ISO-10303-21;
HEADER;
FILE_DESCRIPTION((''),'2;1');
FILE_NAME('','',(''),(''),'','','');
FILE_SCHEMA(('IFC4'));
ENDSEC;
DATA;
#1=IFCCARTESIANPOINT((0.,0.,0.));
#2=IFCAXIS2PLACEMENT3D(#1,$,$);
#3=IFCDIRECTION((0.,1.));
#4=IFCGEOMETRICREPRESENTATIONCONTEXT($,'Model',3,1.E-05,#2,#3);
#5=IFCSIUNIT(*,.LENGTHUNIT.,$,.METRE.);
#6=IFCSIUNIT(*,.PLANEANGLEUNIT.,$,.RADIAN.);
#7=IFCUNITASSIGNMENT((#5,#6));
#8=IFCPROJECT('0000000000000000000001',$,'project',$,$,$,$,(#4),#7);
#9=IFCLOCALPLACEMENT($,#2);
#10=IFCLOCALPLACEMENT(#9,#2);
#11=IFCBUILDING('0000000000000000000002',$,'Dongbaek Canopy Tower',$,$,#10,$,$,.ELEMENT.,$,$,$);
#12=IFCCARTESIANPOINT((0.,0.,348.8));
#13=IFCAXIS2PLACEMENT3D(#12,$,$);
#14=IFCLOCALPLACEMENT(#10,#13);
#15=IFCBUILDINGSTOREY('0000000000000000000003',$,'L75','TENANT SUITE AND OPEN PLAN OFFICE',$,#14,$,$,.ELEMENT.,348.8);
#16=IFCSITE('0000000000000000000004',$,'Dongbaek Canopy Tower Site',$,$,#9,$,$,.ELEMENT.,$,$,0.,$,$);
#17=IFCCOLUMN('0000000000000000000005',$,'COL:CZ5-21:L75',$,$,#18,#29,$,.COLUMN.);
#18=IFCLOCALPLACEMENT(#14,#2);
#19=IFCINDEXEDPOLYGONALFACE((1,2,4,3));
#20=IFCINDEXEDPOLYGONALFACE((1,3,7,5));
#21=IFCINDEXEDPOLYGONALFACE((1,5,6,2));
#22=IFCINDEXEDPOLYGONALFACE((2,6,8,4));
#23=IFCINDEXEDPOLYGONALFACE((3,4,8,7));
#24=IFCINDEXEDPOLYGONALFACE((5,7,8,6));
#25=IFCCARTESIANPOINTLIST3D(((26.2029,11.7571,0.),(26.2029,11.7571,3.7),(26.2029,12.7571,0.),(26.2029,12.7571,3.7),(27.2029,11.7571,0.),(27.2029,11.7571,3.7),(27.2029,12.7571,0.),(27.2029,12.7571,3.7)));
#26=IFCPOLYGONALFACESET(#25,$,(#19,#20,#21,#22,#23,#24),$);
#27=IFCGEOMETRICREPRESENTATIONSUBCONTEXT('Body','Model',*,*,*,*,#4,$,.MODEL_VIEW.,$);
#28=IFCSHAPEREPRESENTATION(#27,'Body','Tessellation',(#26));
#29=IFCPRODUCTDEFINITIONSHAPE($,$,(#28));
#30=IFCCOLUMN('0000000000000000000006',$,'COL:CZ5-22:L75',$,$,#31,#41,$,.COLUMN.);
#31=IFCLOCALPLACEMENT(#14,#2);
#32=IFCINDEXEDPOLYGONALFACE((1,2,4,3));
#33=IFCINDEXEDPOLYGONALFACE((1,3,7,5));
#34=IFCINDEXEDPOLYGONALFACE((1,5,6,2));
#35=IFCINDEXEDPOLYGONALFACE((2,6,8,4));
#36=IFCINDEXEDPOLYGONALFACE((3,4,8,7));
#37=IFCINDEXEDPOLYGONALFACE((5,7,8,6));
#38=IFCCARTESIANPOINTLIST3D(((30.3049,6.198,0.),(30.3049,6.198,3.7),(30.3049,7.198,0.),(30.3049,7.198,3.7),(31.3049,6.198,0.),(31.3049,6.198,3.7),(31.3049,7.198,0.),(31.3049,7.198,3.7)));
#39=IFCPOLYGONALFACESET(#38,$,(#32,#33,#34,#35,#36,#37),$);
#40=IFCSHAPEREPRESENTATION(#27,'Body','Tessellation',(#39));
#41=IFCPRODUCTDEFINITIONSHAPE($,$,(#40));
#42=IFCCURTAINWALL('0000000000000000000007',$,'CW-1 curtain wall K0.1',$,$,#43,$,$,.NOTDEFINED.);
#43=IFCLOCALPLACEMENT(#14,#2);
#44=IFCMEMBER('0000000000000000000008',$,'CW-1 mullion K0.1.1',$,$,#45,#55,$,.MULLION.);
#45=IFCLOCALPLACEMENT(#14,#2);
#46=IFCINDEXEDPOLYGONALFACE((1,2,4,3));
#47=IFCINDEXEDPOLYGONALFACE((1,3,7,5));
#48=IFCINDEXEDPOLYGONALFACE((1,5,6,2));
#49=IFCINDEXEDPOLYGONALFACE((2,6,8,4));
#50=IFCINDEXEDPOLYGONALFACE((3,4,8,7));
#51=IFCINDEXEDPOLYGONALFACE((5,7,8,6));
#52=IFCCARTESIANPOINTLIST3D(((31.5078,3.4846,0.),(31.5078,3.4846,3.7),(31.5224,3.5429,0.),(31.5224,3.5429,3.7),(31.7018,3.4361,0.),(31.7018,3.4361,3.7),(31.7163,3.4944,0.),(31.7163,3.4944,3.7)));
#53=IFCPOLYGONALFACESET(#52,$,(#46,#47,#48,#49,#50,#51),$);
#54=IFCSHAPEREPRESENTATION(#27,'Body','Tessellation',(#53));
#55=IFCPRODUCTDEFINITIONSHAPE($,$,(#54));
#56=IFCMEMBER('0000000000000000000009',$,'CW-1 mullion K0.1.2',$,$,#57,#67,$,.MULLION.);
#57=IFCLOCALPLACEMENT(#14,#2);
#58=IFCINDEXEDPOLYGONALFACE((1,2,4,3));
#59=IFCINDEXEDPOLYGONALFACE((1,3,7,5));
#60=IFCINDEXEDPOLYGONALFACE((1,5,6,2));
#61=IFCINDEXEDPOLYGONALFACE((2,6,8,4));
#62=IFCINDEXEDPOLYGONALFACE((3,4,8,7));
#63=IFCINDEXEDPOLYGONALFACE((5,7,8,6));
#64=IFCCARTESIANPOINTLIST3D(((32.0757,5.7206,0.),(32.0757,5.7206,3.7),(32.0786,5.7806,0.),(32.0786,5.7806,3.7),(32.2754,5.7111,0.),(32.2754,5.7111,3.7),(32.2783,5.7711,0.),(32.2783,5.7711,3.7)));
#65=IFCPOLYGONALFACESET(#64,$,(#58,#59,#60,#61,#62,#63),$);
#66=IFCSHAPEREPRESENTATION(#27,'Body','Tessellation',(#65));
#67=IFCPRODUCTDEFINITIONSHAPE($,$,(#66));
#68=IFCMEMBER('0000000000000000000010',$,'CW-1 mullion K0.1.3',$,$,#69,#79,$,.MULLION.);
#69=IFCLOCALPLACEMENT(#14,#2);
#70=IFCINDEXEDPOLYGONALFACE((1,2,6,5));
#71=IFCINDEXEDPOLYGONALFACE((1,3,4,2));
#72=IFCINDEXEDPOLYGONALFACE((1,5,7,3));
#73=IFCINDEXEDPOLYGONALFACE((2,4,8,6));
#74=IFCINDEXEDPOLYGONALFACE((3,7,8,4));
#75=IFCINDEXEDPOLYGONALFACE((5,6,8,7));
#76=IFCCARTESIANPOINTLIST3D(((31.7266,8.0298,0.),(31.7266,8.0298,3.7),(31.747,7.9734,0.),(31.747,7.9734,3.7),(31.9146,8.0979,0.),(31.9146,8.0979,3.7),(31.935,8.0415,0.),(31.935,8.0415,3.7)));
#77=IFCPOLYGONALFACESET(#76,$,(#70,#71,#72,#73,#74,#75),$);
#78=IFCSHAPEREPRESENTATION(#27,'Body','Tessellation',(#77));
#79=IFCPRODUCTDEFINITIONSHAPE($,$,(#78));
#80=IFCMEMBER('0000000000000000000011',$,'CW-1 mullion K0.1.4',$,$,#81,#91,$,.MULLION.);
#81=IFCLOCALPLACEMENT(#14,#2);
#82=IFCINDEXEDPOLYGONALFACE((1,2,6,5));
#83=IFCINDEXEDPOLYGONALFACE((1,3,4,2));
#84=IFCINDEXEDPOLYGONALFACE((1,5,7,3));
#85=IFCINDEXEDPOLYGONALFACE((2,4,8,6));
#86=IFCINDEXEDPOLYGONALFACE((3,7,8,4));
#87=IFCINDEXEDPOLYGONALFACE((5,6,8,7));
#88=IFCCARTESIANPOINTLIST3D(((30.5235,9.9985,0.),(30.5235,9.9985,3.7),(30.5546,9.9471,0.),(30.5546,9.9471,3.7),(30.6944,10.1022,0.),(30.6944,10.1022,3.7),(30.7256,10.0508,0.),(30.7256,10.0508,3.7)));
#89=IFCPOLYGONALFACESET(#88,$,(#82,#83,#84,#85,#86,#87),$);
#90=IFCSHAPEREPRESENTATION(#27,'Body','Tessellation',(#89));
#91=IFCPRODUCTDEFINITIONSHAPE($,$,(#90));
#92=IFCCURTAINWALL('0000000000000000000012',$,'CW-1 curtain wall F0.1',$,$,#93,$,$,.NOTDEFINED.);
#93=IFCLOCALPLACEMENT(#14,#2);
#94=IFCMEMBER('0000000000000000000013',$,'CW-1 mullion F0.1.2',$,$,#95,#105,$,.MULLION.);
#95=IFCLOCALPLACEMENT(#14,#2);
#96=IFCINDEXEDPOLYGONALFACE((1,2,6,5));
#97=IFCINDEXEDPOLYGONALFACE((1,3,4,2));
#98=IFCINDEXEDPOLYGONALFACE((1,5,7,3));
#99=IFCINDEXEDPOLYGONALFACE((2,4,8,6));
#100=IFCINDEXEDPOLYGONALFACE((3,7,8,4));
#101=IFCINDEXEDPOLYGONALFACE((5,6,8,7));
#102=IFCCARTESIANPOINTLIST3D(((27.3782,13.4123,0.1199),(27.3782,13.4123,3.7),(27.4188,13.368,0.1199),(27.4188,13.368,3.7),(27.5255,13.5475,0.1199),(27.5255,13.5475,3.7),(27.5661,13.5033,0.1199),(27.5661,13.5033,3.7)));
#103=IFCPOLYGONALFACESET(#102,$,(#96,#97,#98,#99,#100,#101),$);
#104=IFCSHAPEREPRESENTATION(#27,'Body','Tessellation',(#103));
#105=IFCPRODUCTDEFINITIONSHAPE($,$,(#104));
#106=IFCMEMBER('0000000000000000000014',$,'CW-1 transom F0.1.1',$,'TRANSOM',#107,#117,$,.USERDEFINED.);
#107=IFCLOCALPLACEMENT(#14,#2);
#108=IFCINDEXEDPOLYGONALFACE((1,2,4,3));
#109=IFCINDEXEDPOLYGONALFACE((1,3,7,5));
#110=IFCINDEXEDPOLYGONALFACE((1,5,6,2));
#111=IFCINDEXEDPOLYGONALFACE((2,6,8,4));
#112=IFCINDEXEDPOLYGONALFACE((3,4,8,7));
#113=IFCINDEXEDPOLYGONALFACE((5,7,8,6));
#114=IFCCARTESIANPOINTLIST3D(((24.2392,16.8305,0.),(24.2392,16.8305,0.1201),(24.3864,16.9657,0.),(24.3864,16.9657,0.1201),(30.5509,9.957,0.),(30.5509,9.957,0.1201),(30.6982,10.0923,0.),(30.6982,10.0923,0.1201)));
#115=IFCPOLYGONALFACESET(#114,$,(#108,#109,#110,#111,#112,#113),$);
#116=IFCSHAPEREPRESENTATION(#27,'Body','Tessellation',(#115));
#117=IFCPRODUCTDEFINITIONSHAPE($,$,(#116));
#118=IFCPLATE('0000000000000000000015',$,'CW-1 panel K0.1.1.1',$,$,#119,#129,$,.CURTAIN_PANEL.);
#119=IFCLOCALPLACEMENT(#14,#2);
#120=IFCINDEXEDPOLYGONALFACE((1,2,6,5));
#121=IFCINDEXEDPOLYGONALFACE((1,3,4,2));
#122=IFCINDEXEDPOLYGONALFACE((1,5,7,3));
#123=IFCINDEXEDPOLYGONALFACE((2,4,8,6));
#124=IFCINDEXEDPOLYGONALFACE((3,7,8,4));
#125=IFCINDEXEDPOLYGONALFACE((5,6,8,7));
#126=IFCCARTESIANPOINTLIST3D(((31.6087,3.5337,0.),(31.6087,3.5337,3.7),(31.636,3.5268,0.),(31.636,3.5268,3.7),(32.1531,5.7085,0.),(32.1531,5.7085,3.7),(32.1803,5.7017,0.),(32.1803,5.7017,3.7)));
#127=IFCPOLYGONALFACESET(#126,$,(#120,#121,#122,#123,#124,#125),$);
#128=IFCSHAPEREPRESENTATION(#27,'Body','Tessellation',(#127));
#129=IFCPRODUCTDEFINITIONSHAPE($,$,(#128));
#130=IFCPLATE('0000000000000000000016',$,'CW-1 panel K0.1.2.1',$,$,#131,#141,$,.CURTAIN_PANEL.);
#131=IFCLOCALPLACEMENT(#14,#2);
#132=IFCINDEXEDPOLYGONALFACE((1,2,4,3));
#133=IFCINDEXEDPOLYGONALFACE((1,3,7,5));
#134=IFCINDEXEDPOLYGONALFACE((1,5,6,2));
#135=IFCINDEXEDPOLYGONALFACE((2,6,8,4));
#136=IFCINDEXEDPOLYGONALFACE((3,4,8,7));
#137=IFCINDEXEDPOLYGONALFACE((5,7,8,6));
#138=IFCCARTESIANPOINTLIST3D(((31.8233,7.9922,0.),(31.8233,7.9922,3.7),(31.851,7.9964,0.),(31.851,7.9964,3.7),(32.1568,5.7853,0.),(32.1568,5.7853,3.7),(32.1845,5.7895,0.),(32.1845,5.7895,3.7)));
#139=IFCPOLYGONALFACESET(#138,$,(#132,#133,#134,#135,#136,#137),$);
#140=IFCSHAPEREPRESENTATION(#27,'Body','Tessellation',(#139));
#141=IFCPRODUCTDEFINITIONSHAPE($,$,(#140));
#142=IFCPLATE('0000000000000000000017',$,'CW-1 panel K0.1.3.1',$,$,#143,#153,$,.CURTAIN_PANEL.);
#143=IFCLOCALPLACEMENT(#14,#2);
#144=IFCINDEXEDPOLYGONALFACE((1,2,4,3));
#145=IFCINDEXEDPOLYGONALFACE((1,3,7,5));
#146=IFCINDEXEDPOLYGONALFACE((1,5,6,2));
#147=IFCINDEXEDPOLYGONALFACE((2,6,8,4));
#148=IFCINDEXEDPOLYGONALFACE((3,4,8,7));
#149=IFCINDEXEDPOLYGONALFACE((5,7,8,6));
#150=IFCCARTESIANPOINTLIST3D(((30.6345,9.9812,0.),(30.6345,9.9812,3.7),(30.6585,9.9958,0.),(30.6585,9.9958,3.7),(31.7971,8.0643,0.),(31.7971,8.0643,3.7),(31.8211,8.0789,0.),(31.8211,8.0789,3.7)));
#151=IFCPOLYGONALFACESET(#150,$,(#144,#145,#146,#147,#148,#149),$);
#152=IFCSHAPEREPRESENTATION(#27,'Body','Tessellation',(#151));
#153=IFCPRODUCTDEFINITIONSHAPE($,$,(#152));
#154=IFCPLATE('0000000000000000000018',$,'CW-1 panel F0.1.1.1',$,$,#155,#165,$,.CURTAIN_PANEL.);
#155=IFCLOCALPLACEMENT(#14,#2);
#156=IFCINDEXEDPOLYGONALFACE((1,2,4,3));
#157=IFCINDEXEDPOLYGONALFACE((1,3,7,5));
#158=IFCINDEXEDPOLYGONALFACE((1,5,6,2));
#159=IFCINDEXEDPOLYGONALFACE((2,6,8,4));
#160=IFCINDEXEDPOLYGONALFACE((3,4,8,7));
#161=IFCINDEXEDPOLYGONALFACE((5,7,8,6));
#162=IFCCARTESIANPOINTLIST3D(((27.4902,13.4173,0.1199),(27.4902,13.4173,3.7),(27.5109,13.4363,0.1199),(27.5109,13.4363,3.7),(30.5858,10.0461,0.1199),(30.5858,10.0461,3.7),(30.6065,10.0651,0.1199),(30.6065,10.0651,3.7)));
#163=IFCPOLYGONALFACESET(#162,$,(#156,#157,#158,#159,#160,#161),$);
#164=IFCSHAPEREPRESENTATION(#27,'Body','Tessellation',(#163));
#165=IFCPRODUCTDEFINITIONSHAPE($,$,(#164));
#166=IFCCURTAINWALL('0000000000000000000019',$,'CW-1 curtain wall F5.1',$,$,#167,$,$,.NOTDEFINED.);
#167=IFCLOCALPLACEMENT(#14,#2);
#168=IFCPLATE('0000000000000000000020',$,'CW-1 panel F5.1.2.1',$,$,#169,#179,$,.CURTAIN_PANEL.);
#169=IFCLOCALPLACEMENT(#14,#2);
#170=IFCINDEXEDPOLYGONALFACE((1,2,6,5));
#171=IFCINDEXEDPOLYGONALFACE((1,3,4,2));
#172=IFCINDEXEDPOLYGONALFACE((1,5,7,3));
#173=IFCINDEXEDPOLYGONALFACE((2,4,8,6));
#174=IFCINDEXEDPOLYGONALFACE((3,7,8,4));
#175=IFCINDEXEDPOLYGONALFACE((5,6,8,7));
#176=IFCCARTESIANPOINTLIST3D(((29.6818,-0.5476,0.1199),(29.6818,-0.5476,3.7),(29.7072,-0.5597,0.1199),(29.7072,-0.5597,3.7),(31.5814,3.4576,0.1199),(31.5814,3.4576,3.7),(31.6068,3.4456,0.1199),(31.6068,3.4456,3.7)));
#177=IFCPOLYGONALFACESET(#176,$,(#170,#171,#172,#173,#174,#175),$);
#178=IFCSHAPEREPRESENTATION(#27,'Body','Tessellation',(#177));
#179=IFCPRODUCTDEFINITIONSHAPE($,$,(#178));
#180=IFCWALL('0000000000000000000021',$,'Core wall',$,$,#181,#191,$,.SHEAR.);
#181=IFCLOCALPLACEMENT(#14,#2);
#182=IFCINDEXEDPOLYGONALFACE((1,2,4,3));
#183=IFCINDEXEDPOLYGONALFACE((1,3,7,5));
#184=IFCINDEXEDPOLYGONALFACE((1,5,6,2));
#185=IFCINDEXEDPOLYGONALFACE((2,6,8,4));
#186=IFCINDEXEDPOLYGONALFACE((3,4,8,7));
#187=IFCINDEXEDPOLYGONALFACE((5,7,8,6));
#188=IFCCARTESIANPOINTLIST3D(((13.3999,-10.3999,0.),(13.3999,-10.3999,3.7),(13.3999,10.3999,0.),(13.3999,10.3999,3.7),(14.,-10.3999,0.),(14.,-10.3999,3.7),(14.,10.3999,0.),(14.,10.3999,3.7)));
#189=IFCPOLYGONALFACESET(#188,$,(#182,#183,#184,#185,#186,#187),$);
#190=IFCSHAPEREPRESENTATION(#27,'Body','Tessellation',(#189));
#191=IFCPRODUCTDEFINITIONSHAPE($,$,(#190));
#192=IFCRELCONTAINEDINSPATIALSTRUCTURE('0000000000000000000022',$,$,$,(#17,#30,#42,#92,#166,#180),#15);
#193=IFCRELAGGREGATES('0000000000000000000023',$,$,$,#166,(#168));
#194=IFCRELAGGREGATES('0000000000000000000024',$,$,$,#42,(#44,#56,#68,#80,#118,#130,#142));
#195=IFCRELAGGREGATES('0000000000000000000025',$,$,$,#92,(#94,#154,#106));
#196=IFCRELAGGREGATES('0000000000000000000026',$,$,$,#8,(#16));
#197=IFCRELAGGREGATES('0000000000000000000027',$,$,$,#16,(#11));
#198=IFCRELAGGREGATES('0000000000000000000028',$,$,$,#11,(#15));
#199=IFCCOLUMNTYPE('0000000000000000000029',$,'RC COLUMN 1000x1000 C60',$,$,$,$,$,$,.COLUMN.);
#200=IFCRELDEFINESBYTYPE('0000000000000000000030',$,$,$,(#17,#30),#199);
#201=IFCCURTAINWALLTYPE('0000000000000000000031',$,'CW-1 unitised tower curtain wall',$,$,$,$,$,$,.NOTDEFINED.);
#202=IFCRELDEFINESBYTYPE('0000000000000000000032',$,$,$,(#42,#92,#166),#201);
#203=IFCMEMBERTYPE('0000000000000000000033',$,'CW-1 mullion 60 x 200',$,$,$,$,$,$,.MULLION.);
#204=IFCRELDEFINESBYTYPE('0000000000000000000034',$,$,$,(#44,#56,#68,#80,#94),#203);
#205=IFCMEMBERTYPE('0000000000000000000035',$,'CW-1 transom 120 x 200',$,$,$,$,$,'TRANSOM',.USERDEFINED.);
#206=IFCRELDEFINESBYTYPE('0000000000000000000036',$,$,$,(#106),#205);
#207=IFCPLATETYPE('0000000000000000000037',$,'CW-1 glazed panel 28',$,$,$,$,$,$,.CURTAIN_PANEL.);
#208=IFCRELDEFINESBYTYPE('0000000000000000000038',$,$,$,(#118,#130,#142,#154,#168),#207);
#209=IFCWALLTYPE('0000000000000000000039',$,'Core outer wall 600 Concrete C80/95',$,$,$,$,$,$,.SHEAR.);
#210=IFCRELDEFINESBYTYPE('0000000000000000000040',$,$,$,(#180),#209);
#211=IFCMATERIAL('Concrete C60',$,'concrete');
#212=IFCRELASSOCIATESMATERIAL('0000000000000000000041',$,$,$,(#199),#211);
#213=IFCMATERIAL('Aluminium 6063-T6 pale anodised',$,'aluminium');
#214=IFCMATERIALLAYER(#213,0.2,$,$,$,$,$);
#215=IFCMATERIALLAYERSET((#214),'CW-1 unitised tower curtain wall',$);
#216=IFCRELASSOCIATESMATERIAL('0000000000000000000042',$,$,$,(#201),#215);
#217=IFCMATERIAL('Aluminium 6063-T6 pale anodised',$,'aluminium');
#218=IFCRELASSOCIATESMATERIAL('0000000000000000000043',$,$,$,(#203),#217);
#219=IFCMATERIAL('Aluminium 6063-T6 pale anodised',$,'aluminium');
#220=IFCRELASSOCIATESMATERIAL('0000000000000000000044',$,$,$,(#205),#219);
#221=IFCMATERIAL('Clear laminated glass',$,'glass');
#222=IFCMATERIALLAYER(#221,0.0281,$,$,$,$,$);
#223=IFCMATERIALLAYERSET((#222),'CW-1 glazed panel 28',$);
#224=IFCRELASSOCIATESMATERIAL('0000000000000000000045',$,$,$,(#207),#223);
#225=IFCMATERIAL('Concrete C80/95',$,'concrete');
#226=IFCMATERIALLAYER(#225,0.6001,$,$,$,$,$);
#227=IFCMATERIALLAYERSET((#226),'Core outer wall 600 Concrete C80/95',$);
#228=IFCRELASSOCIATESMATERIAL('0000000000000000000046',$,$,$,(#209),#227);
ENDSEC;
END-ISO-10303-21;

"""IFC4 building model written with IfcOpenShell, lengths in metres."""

from ifc_helpers import new_model, si_unit, direction, frame, frame_2d, origin, origin_2d, place, context, subcontext, project, spatial, rectangle, extrude, material, layer, layer_set, material_profile, profile_set, type_object, element, aggregate, save


model = new_model("IFC4")

# Units and contexts
model_context = context("Model", 3, precision=1e-05, world=origin(), true_north=direction((0.0, 1.0)))
body_context = subcontext(model_context, "Body", "Model", "MODEL_VIEW")
ifc_project = project(units=[si_unit("LENGTHUNIT", "METRE"), si_unit("PLANEANGLEUNIT", "RADIAN")], contexts=[model_context])

# Site, building, storey
site_placement = place(None, origin())
site = spatial("IfcSite", under=ifc_project, at=site_placement, Name="Dongbaek Canopy Tower Site", CompositionType="ELEMENT", RefElevation=0.0)
building_placement = place(site_placement, origin())
building = spatial("IfcBuilding", under=site, at=building_placement, Name="Dongbaek Canopy Tower", CompositionType="ELEMENT")
storey_placement = place(building_placement, frame((0.0, 0.0, 348.8)))
storey = spatial("IfcBuildingStorey", under=building, at=storey_placement, Name="L75", Description="TENANT SUITE AND OPEN PLAN OFFICE", CompositionType="ELEMENT", Elevation=348.8)

# Columns
ifc_material_1 = material(Name="Concrete C60", Category="concrete")
ifc_material_profile_1 = material_profile(ifc_material_1, rectangle(XDim=1.0, YDim=1.0, at=origin_2d()), Name="RC COLUMN 1000x1000 C60")
ifc_profile_set_1 = profile_set([ifc_material_profile_1], Name="Concrete C60")
column_type = type_object("IfcColumnType", Name="RC COLUMN 1000x1000 C60", PredefinedType="COLUMN", material=ifc_profile_set_1)
for number, where, z_axis, x_axis, name in (
    (1, (26.7029, 12.2571, 0.0), (0.0, 0.0, 1.0), (1.0, 0.0, 0.0), "COL:CZ5-21:L75"),
    (2, (30.8049, 6.698, 0.0), (0.0, 0.0, 1.0), (1.0, 0.0, 0.0), "COL:CZ5-22:L75"),
):
    element("IfcColumn", number, at=place(storey_placement, frame(where, z_axis=z_axis, x_axis=x_axis)), inside=storey, type_object=column_type, Name=name, PredefinedType="COLUMN", context=body_context, shape_type="SweptSolid", body=[
        extrude(rectangle(XDim=1.0, YDim=1.0, at=origin_2d()), origin(), (0.0, 0.0, 1.0), 3.7),
    ])

# Curtain walls, members
ifc_material_2 = material(Name="Aluminium 6063-T6 pale anodised", Category="aluminium")
ifc_layer_1 = layer(ifc_material_2, 0.2)
ifc_layer_set_1 = layer_set([ifc_layer_1], Name="CW-1 unitised tower curtain wall")
curtain_wall_type = type_object("IfcCurtainWallType", Name="CW-1 unitised tower curtain wall", PredefinedType="NOTDEFINED", material=ifc_layer_set_1)
curtain_wall_1_placement = place(storey_placement, origin())
curtain_wall_1 = element("IfcCurtainWall", 3, at=curtain_wall_1_placement, inside=storey, type_object=curtain_wall_type, Name="CW-1 curtain wall K0.1", PredefinedType="NOTDEFINED")
ifc_material_3 = material(Name="Aluminium 6063-T6 pale anodised", Category="aluminium")
ifc_material_profile_2 = material_profile(ifc_material_3, rectangle(XDim=0.2, YDim=0.0601, at=origin_2d()), Name="CW-1 mullion 60 x 200")
ifc_profile_set_2 = profile_set([ifc_material_profile_2], Name="Aluminium 6063-T6 pale anodised")
member_type_1 = type_object("IfcMemberType", Name="CW-1 mullion 60 x 200", PredefinedType="MULLION", material=ifc_profile_set_2)
member_1_placement = place(storey_placement, frame((31.6121, 3.4895, 0.0), z_axis=(0.0, 0.0, 1.0), x_axis=(0.970078, -0.242793, 0.0)))
member_1 = element("IfcMember", 4, at=member_1_placement, type_object=member_type_1, Name="CW-1 mullion K0.1.1", PredefinedType="MULLION", context=body_context, shape_type="SweptSolid", body=[
    extrude(rectangle(XDim=0.2, YDim=0.0601, at=origin_2d()), origin(), (0.0, 0.0, 1.0), 3.7),
])
member_2_placement = place(storey_placement, frame((32.177, 5.7458, 0.0), z_axis=(0.0, 0.0, 1.0), x_axis=(0.998866, -0.047614, 0.0)))
member_2 = element("IfcMember", 5, at=member_2_placement, type_object=member_type_1, Name="CW-1 mullion K0.1.2", PredefinedType="MULLION", context=body_context, shape_type="SweptSolid", body=[
    extrude(rectangle(XDim=0.2, YDim=0.0601, at=origin_2d()), origin(), (0.0, 0.0, 1.0), 3.7),
])
member_3_placement = place(storey_placement, frame((31.8308, 8.0356, 0.0), z_axis=(0.0, 0.0, 1.0), x_axis=(0.940196, 0.340635, 0.0)))
member_3 = element("IfcMember", 6, at=member_3_placement, type_object=member_type_1, Name="CW-1 mullion K0.1.3", PredefinedType="MULLION", context=body_context, shape_type="SweptSolid", body=[
    extrude(rectangle(XDim=0.2, YDim=0.0601, at=origin_2d()), origin(), (0.0, 0.0, 1.0), 3.7),
])
member_4_placement = place(storey_placement, frame((30.6245, 10.0247, 0.0), z_axis=(0.0, 0.0, 1.0), x_axis=(0.855021, 0.518593, 0.0)))
member_4 = element("IfcMember", 7, at=member_4_placement, type_object=member_type_1, Name="CW-1 mullion K0.1.4", PredefinedType="MULLION", context=body_context, shape_type="SweptSolid", body=[
    extrude(rectangle(XDim=0.2, YDim=0.0601, at=origin_2d()), origin(), (0.0, 0.0, 1.0), 3.7),
])
curtain_wall_2_placement = place(storey_placement, origin())
curtain_wall_2 = element("IfcCurtainWall", 8, at=curtain_wall_2_placement, inside=storey, type_object=curtain_wall_type, Name="CW-1 curtain wall F0.1", PredefinedType="NOTDEFINED")
member_5_placement = place(storey_placement, frame((27.4722, 13.4578, 0.1199), z_axis=(0.0, 0.0, 1.0), x_axis=(0.736567, 0.676365, 0.0)))
member_5 = element("IfcMember", 9, at=member_5_placement, type_object=member_type_1, Name="CW-1 mullion F0.1.2", PredefinedType="MULLION", context=body_context, shape_type="SweptSolid", body=[
    extrude(rectangle(XDim=0.2, YDim=0.0601, at=origin_2d()), origin(), (0.0, 0.0, 1.0), 3.5801),
])
ifc_material_4 = material(Name="Aluminium 6063-T6 pale anodised", Category="aluminium")
ifc_material_profile_3 = material_profile(ifc_material_4, rectangle(XDim=0.2, YDim=0.1201, at=origin_2d()), Name="CW-1 transom 120 x 200")
ifc_profile_set_3 = profile_set([ifc_material_profile_3], Name="Aluminium 6063-T6 pale anodised")
member_type_2 = type_object("IfcMemberType", Name="CW-1 transom 120 x 200", ElementType="TRANSOM", PredefinedType="USERDEFINED", material=ifc_profile_set_3)
member_6_placement = place(storey_placement, frame((30.6245, 10.0247, 0.0601), z_axis=(-0.676366, 0.736565, 0.0), x_axis=(-0.736565, -0.676366, 0.0)))
member_6 = element("IfcMember", 10, at=member_6_placement, type_object=member_type_2, Name="CW-1 transom F0.1.1", ObjectType="TRANSOM", PredefinedType="USERDEFINED", context=body_context, shape_type="SweptSolid", body=[
    extrude(rectangle(XDim=0.2, YDim=0.1201, at=origin_2d()), origin(), (0.0, 0.0, 1.0), 9.3318),
])

# Plates
ifc_material_5 = material(Name="Clear laminated glass", Category="glass")
ifc_layer_2 = layer(ifc_material_5, 0.0281)
ifc_layer_set_2 = layer_set([ifc_layer_2], Name="CW-1 glazed panel 28")
plate_type = type_object("IfcPlateType", Name="CW-1 glazed panel 28", PredefinedType="CURTAIN_PANEL", material=ifc_layer_set_2)
plate_1_placement = place(storey_placement, frame((31.8945, 4.6177, 0.0), z_axis=(0.0, 0.0, 1.0), x_axis=(0.242793, 0.970078, 0.0)))
plate_1 = element("IfcPlate", 11, at=plate_1_placement, type_object=plate_type, Name="CW-1 panel K0.1.1.1", PredefinedType="CURTAIN_PANEL", context=body_context, shape_type="SweptSolid", body=[
    extrude(rectangle(XDim=2.2419, YDim=0.0281, at=origin_2d()), origin(), (0.0, 0.0, 1.0), 3.7),
])
plate_2_placement = place(storey_placement, frame((32.0039, 6.8909, 0.0), z_axis=(0.0, 0.0, 1.0), x_axis=(-0.149418, 0.988774, 0.0)))
plate_2 = element("IfcPlate", 12, at=plate_2_placement, type_object=plate_type, Name="CW-1 panel K0.1.2.1", PredefinedType="CURTAIN_PANEL", context=body_context, shape_type="SweptSolid", body=[
    extrude(rectangle(XDim=2.2319, YDim=0.0281, at=origin_2d()), origin(), (0.0, 0.0, 1.0), 3.7),
])
plate_3_placement = place(storey_placement, frame((31.2278, 9.03, 0.0), z_axis=(0.0, 0.0, 1.0), x_axis=(-0.518593, 0.855021, 0.0)))
plate_3 = element("IfcPlate", 13, at=plate_3_placement, type_object=plate_type, Name="CW-1 panel K0.1.3.1", PredefinedType="CURTAIN_PANEL", context=body_context, shape_type="SweptSolid", body=[
    extrude(rectangle(XDim=2.2419, YDim=0.0281, at=origin_2d()), origin(), (0.0, 0.0, 1.0), 3.7),
])
plate_4_placement = place(storey_placement, frame((29.0483, 11.7412, 0.1199), z_axis=(0.0, 0.0, 1.0), x_axis=(-0.676365, 0.736567, 0.0)))
plate_4 = element("IfcPlate", 14, at=plate_4_placement, type_object=plate_type, Name="CW-1 panel F0.1.1.1", PredefinedType="CURTAIN_PANEL", context=body_context, shape_type="SweptSolid", body=[
    extrude(rectangle(XDim=4.5769, YDim=0.0281, at=origin_2d()), origin(), (0.0, 0.0, 1.0), 3.5801),
])

# Curtain wall, plate
curtain_wall_3_placement = place(storey_placement, origin())
curtain_wall_3 = element("IfcCurtainWall", 15, at=curtain_wall_3_placement, inside=storey, type_object=curtain_wall_type, Name="CW-1 curtain wall F5.1", PredefinedType="NOTDEFINED")
plate_5_placement = place(storey_placement, frame((30.6443, 1.449, 0.1199), z_axis=(0.0, 0.0, 1.0), x_axis=(0.428522, 0.903531, 0.0)))
plate_5 = element("IfcPlate", 16, at=plate_5_placement, type_object=plate_type, Name="CW-1 panel F5.1.2.1", PredefinedType="CURTAIN_PANEL", context=body_context, shape_type="SweptSolid", body=[
    extrude(rectangle(XDim=4.4329, YDim=0.0281, at=origin_2d()), origin(), (0.0, 0.0, 1.0), 3.5801),
])
aggregate(curtain_wall_3, [plate_5])

# Wall
ifc_material_6 = material(Name="Concrete C80/95", Category="concrete")
ifc_layer_3 = layer(ifc_material_6, 0.6001)
ifc_layer_set_3 = layer_set([ifc_layer_3], Name="Core outer wall 600 Concrete C80/95")
wall_type_1 = type_object("IfcWallType", Name="Core outer wall 600 Concrete C80/95", PredefinedType="SHEAR", material=ifc_layer_set_3)
wall_1_placement = place(storey_placement, frame((13.7, 10.3999, 0.0), z_axis=(0.0, 0.0, 1.0), x_axis=(0.0, -1.0, 0.0)))
element("IfcWall", 17, at=wall_1_placement, inside=storey, type_object=wall_type_1, Name="Core wall", PredefinedType="SHEAR", context=body_context, shape_type="SweptSolid", body=[
    extrude(rectangle(XDim=20.7998, YDim=0.6001, at=frame_2d((10.3999, 0.0))), origin(), (0.0, 0.0, 1.0), 3.7),
])

aggregate(curtain_wall_1, [member_1, member_2, member_3, member_4, plate_1, plate_2, plate_3])
aggregate(curtain_wall_2, [member_5, plate_4, member_6])

save(model, "model.ifc")
